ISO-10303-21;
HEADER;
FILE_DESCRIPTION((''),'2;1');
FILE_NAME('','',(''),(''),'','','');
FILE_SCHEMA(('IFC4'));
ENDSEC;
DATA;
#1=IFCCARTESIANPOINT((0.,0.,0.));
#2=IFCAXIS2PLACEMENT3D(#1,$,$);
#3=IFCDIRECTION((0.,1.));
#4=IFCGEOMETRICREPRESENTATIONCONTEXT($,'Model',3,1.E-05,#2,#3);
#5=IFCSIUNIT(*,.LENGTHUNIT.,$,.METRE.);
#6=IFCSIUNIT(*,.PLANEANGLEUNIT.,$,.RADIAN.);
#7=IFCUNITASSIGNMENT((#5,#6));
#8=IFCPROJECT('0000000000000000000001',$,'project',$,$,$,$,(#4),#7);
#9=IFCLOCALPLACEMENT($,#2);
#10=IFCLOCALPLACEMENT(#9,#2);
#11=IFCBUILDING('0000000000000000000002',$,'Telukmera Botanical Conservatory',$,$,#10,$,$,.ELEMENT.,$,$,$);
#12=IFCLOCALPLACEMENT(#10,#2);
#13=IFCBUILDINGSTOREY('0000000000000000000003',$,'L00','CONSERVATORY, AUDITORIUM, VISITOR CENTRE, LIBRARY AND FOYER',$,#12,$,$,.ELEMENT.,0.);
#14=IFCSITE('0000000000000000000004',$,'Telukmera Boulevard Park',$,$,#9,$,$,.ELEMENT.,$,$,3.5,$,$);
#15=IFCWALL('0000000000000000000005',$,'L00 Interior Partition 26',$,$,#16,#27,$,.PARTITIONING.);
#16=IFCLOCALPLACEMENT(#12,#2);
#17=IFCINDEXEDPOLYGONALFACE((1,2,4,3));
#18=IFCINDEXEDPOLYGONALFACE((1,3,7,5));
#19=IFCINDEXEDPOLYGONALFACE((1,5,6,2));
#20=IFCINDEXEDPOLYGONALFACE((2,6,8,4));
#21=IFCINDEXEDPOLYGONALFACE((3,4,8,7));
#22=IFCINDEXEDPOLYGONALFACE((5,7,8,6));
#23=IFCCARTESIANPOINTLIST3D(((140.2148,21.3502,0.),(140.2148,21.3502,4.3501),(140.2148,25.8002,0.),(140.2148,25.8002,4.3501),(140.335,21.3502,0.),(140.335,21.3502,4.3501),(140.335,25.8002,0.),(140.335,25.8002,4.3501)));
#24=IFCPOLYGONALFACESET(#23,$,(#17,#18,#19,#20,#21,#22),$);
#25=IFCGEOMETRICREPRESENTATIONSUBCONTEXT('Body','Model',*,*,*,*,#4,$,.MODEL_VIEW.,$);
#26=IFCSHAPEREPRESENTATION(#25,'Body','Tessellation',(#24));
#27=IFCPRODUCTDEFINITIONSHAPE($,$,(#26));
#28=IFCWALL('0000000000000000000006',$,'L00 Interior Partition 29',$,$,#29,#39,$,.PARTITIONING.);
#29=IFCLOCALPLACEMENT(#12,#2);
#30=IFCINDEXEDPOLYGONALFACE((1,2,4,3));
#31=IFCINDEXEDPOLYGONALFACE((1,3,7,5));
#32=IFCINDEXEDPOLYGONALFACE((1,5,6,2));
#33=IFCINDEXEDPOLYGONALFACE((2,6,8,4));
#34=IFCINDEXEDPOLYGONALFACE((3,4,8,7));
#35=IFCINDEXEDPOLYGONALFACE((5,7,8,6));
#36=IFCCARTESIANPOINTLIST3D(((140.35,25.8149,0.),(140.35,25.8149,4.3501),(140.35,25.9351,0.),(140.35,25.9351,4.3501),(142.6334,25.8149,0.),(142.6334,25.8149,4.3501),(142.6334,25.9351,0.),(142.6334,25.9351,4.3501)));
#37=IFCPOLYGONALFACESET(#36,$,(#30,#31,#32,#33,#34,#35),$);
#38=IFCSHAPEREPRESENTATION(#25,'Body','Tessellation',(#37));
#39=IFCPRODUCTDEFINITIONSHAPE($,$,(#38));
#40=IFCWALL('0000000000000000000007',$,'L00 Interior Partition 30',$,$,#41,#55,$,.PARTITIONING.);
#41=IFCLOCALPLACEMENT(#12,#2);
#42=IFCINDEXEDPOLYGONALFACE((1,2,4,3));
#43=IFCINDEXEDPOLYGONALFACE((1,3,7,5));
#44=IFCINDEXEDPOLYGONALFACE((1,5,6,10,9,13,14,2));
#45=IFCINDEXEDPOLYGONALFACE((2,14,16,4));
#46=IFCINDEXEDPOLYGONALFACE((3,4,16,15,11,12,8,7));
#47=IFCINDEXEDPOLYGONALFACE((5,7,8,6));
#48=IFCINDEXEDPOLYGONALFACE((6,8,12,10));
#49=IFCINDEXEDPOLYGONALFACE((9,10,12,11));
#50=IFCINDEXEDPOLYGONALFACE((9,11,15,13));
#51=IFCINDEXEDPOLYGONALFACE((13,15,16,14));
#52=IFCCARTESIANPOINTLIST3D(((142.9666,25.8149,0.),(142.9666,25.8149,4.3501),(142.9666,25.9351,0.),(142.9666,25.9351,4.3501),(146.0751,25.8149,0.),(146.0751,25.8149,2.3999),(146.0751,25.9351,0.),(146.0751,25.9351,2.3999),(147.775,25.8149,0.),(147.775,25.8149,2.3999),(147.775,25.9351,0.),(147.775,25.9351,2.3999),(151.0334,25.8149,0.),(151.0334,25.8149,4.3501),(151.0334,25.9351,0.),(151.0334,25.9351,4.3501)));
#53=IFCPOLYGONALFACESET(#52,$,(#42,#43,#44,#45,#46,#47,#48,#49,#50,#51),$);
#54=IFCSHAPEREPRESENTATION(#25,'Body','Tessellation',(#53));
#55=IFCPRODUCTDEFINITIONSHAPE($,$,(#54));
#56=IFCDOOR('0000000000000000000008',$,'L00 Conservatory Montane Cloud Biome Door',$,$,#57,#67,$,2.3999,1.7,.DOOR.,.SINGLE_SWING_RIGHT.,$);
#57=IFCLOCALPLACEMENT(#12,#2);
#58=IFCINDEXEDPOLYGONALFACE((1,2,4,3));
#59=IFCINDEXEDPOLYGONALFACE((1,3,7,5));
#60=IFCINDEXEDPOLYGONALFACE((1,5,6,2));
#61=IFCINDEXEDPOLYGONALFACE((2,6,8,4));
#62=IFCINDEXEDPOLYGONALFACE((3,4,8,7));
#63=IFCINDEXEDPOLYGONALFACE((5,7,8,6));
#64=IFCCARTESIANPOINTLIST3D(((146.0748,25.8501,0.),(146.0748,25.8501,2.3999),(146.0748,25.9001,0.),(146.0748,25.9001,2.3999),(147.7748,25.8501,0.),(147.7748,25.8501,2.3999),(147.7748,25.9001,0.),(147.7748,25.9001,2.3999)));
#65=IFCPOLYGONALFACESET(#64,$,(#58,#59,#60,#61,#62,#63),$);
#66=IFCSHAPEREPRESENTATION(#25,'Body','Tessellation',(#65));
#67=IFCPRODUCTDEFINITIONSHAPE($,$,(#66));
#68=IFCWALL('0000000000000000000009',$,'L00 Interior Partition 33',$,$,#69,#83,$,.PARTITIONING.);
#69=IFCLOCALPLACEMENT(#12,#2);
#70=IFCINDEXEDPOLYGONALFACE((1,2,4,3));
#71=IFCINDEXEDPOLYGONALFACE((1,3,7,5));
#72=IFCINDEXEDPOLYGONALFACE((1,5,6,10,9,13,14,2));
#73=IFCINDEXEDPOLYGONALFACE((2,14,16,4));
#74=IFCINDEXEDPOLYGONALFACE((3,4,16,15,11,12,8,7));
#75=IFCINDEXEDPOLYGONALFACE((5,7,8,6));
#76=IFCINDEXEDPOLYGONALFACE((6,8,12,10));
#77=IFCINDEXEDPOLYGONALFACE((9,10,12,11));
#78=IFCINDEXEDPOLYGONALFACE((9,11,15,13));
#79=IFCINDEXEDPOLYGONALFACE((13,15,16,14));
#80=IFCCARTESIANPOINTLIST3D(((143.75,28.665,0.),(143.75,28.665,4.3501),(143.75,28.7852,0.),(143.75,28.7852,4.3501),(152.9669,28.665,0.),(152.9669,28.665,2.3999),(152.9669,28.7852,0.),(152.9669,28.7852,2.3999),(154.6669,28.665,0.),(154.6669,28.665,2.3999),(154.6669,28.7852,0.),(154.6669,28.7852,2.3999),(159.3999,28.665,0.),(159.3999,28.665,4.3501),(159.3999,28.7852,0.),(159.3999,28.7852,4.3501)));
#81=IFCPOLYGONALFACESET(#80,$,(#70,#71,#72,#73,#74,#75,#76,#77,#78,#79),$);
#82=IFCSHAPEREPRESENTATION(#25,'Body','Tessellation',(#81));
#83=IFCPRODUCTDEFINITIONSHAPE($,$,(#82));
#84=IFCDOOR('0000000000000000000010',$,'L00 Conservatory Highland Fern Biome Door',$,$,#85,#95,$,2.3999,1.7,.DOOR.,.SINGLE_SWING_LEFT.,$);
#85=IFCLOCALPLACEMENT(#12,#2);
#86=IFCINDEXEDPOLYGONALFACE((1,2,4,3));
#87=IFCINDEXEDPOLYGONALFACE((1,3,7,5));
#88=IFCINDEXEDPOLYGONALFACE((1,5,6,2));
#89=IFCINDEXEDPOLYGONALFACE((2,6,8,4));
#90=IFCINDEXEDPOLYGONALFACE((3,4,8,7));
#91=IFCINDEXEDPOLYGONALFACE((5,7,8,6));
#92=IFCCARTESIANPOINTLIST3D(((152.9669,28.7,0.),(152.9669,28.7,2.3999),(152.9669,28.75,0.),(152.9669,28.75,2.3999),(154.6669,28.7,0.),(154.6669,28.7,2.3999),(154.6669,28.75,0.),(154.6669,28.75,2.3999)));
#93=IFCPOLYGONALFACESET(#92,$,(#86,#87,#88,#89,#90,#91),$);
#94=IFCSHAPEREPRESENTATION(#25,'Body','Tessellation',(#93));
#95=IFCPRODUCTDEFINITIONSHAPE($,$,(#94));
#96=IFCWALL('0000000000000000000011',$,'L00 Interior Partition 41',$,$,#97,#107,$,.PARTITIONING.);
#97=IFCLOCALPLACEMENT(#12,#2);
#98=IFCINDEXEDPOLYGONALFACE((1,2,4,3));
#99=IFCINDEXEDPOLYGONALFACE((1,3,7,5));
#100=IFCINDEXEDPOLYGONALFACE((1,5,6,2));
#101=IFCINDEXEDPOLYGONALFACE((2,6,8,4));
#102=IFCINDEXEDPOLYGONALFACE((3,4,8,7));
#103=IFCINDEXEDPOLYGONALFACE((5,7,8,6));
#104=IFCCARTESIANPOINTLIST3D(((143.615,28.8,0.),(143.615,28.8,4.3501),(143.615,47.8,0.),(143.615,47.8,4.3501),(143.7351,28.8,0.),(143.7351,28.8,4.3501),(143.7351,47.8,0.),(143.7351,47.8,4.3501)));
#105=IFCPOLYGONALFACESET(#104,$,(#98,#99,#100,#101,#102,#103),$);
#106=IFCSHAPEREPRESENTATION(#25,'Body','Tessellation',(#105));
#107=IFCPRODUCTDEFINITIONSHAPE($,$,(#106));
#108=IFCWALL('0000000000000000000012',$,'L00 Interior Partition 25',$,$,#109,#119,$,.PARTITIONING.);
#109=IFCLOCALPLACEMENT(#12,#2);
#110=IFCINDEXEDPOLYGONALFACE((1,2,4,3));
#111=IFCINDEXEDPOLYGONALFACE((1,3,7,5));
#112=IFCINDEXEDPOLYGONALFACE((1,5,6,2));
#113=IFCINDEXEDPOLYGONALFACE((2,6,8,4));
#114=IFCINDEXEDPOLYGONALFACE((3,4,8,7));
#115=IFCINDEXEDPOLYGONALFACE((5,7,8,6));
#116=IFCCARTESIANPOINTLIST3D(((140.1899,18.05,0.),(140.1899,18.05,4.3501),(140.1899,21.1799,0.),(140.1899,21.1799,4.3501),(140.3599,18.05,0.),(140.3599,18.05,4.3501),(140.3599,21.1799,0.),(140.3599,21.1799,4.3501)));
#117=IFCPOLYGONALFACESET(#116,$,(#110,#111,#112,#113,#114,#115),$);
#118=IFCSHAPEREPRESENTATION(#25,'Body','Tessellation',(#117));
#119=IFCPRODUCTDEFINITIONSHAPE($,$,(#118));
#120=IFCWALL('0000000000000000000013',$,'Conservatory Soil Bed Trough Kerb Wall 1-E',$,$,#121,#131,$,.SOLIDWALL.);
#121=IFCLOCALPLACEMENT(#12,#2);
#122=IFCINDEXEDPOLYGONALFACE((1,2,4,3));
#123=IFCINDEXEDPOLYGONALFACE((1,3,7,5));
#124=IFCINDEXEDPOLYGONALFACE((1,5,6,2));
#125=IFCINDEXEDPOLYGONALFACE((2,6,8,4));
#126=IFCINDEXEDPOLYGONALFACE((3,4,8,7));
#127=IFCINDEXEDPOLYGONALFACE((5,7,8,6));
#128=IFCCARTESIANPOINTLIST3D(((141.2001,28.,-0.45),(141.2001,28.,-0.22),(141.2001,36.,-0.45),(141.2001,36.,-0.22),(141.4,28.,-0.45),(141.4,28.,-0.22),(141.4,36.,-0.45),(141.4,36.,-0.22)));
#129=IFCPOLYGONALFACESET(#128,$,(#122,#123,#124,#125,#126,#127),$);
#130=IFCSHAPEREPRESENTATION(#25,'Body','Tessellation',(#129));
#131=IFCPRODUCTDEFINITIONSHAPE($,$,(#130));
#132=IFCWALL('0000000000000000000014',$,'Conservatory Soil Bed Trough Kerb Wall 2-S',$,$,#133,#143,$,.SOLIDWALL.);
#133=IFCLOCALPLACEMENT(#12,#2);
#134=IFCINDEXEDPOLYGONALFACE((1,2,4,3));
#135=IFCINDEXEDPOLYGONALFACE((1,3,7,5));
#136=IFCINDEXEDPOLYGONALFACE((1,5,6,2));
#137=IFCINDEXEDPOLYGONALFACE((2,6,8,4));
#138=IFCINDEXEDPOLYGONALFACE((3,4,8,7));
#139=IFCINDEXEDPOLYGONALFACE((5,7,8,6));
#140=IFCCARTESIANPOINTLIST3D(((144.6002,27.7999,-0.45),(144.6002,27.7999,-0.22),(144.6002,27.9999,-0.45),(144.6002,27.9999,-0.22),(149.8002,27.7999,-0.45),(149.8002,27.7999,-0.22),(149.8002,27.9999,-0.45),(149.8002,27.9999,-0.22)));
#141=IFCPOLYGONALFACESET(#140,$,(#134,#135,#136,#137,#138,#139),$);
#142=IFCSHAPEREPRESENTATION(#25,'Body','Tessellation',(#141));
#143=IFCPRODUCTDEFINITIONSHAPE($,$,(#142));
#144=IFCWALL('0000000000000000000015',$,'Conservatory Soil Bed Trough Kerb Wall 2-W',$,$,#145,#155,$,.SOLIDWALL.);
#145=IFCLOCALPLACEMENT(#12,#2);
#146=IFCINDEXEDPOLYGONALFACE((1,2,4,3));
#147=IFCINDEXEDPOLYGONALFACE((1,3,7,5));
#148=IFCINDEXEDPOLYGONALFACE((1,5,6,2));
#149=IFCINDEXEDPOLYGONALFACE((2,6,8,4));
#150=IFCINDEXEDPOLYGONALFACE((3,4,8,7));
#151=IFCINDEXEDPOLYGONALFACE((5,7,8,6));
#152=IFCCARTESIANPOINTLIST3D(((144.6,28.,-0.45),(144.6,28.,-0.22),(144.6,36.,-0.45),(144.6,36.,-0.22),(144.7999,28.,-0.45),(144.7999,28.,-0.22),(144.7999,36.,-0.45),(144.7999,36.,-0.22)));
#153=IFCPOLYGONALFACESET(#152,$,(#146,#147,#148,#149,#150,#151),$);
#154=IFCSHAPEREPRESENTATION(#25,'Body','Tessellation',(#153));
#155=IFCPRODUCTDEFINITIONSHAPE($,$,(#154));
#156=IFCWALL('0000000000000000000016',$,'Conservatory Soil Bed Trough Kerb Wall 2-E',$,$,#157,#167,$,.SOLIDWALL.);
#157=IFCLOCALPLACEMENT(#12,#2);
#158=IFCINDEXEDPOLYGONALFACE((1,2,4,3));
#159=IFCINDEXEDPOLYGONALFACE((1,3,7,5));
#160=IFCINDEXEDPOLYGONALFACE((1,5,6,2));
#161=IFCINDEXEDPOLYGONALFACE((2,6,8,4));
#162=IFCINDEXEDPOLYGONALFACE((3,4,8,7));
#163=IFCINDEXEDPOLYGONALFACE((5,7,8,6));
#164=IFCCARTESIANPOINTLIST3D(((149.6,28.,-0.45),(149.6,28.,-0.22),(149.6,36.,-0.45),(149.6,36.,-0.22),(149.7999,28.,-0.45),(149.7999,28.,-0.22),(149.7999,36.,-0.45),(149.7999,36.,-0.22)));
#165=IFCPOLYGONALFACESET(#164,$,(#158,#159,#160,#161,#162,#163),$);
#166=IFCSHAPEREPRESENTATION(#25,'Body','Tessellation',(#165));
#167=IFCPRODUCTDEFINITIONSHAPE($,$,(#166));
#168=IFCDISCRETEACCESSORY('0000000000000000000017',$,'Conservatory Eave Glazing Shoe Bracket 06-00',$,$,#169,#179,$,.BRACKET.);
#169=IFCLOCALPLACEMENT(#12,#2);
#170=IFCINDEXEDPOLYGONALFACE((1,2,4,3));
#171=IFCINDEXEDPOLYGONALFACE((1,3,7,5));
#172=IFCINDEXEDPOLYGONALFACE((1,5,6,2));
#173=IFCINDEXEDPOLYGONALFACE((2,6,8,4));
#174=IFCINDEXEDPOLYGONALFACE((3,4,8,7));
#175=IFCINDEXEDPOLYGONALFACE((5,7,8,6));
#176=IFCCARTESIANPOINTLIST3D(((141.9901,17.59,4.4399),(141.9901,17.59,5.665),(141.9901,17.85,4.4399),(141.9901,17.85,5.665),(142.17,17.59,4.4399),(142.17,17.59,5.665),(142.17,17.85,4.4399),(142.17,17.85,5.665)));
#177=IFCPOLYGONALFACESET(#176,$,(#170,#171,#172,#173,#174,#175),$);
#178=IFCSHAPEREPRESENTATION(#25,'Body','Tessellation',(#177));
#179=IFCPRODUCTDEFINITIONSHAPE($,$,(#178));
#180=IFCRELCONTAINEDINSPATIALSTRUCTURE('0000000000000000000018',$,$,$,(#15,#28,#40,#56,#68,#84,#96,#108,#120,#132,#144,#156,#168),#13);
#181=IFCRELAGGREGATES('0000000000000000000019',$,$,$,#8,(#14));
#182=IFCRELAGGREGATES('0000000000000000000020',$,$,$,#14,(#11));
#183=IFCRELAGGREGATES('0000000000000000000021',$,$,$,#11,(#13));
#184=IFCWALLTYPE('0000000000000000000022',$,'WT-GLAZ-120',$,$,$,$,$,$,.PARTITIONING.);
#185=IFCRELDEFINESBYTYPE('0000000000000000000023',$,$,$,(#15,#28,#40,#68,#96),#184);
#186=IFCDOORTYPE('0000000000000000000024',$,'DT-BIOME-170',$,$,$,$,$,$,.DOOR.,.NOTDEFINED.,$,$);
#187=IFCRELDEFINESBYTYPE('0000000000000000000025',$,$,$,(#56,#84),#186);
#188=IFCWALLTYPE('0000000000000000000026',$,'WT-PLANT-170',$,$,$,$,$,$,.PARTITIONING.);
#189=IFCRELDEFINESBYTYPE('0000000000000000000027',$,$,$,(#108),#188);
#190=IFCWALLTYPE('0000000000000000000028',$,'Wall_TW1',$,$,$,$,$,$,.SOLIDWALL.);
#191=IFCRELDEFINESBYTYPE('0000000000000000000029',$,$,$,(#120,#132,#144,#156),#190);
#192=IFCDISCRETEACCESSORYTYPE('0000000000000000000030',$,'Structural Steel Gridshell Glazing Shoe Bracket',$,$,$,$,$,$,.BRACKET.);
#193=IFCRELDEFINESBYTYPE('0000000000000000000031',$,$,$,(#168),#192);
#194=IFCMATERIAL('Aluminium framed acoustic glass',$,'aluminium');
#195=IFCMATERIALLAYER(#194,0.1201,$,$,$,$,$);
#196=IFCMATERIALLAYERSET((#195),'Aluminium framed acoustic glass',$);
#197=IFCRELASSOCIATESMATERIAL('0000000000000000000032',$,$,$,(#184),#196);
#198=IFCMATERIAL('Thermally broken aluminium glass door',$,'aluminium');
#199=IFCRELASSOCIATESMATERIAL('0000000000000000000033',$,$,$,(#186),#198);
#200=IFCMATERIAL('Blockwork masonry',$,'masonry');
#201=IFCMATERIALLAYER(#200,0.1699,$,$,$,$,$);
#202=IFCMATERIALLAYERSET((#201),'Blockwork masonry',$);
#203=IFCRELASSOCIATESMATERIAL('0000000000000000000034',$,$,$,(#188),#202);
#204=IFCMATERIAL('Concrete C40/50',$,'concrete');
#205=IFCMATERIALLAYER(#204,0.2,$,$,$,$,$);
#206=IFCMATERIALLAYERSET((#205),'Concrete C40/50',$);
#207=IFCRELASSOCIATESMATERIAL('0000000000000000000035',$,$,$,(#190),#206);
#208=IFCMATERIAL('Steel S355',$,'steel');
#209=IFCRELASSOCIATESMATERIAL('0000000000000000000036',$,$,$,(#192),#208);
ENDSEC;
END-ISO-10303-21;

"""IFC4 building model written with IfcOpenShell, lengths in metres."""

from ifc_helpers import new_model, si_unit, direction, frame, frame_2d, origin, origin_2d, place, context, subcontext, project, spatial, rectangle, extrude, material, layer, layer_set, type_object, element, fill, save


model = new_model("IFC4")

# Units and contexts
model_context = context("Model", 3, precision=1e-05, world=origin(), true_north=direction((0.0, 1.0)))
body_context = subcontext(model_context, "Body", "Model", "MODEL_VIEW")
ifc_project = project(units=[si_unit("LENGTHUNIT", "METRE"), si_unit("PLANEANGLEUNIT", "RADIAN")], contexts=[model_context])

# Site, building, storey
site_placement = place(None, origin())
site = spatial("IfcSite", under=ifc_project, at=site_placement, Name="Telukmera Boulevard Park", CompositionType="ELEMENT", RefElevation=3.5)
building_placement = place(site_placement, origin())
building = spatial("IfcBuilding", under=site, at=building_placement, Name="Telukmera Botanical Conservatory", CompositionType="ELEMENT")
storey_placement = place(building_placement, origin())
storey = spatial("IfcBuildingStorey", under=building, at=storey_placement, Name="L00", Description="CONSERVATORY, AUDITORIUM, VISITOR CENTRE, LIBRARY AND FOYER", CompositionType="ELEMENT", Elevation=0.0)

# Shared definitions
ifc_material_1 = material(Name="Steel S355", Category="steel")

# Walls
ifc_material_2 = material(Name="Aluminium framed acoustic glass", Category="aluminium")
ifc_layer_1 = layer(ifc_material_2, 0.1201)
ifc_layer_set_1 = layer_set([ifc_layer_1], Name="Aluminium framed acoustic glass")
wall_type_1 = type_object("IfcWallType", Name="WT-GLAZ-120", PredefinedType="PARTITIONING", material=ifc_layer_set_1)
wall_1_placement = place(storey_placement, frame((140.2749, 21.3501, 0.0), z_axis=(0.0, 0.0, 1.0), x_axis=(0.0, 1.0, 0.0)))
element("IfcWall", 1, at=wall_1_placement, inside=storey, type_object=wall_type_1, Name="L00 Interior Partition 26", PredefinedType="PARTITIONING", context=body_context, shape_type="SweptSolid", body=[
    extrude(rectangle(XDim=4.45, YDim=0.1201, at=frame_2d((2.2251, 0.0))), origin(), (0.0, 0.0, 1.0), 4.3501),
])
wall_2_placement = place(storey_placement, frame((140.3501, 25.875, 0.0), z_axis=(0.0, 0.0, 1.0), x_axis=(1.0, 0.0, 0.0)))
element("IfcWall", 2, at=wall_2_placement, inside=storey, type_object=wall_type_1, Name="L00 Interior Partition 29", PredefinedType="PARTITIONING", context=body_context, shape_type="SweptSolid", body=[
    extrude(rectangle(XDim=2.2834, YDim=0.1201, at=frame_2d((1.1416, 0.0))), origin(), (0.0, 0.0, 1.0), 4.3501),
])

# Walls, openings, doors
wall_3_placement = place(storey_placement, frame((142.9666, 25.875, 0.0), z_axis=(0.0, 0.0, 1.0), x_axis=(1.0, 0.0, 0.0)))
wall_3 = element("IfcWall", 3, at=wall_3_placement, inside=storey, type_object=wall_type_1, Name="L00 Interior Partition 30", PredefinedType="PARTITIONING", context=body_context, shape_type="SweptSolid", body=[
    extrude(rectangle(XDim=8.0669, YDim=0.1201, at=frame_2d((4.0334, 0.0))), origin(), (0.0, 0.0, 1.0), 4.3501),
])
opening_1_placement = place(wall_3_placement, frame((3.1084, 0.0, 0.0)))
opening_1 = element("IfcOpeningElement", 4, at=opening_1_placement, cuts=wall_3, PredefinedType="OPENING", context=body_context, shape_type="SweptSolid", body=[
    extrude(rectangle(XDim=1.7, YDim=2.3999, at=frame_2d((0.8501, 1.2))), frame((0.0, 0.0701, 0.0), z_axis=(0.0, -1.0, 0.0), x_axis=(1.0, 0.0, 0.0)), (0.0, 0.0, 1.0), 0.1401),
])
ifc_material_3 = material(Name="Thermally broken aluminium glass door", Category="aluminium")
door_type = type_object("IfcDoorType", Name="DT-BIOME-170", OperationType="NOTDEFINED", PredefinedType="DOOR", material=ifc_material_3)
door_1_placement = place(opening_1_placement, frame((1.7, 0.0, 0.0), z_axis=(0.0, 0.0, 1.0), x_axis=(-1.0, 0.0, 0.0)))
door_1 = element("IfcDoor", 5, at=door_1_placement, inside=storey, type_object=door_type, Name="L00 Conservatory Montane Cloud Biome Door", OperationType="SINGLE_SWING_RIGHT", OverallHeight=2.3999, OverallWidth=1.7, PredefinedType="DOOR", context=body_context, shape_type="SweptSolid", body=[
    extrude(rectangle(XDim=1.7, YDim=2.3999, at=frame_2d((0.8501, 1.2))), frame((0.0, 0.0249, 0.0), z_axis=(0.0, -1.0, 0.0), x_axis=(1.0, 0.0, 0.0)), (0.0, 0.0, 1.0), 0.05),
])
fill(opening_1, door_1)
wall_4_placement = place(storey_placement, frame((143.75, 28.7251, 0.0), z_axis=(0.0, 0.0, 1.0), x_axis=(1.0, 0.0, 0.0)))
wall_4 = element("IfcWall", 6, at=wall_4_placement, inside=storey, type_object=wall_type_1, Name="L00 Interior Partition 33", PredefinedType="PARTITIONING", context=body_context, shape_type="SweptSolid", body=[
    extrude(rectangle(XDim=15.6499, YDim=0.1201, at=frame_2d((7.825, 0.0))), origin(), (0.0, 0.0, 1.0), 4.3501),
])
opening_2_placement = place(wall_4_placement, frame((9.2168, 0.0, 0.0)))
opening_2 = element("IfcOpeningElement", 7, at=opening_2_placement, cuts=wall_4, PredefinedType="OPENING", context=body_context, shape_type="SweptSolid", body=[
    extrude(rectangle(XDim=1.7, YDim=2.3999, at=frame_2d((0.8501, 1.2))), frame((0.0, 0.0701, 0.0), z_axis=(0.0, -1.0, 0.0), x_axis=(1.0, 0.0, 0.0)), (0.0, 0.0, 1.0), 0.1401),
])
door_2_placement = place(opening_2_placement, origin())
door_2 = element("IfcDoor", 8, at=door_2_placement, inside=storey, type_object=door_type, Name="L00 Conservatory Highland Fern Biome Door", OperationType="SINGLE_SWING_LEFT", OverallHeight=2.3999, OverallWidth=1.7, PredefinedType="DOOR", context=body_context, shape_type="SweptSolid", body=[
    extrude(rectangle(XDim=1.7, YDim=2.3999, at=frame_2d((0.8501, 1.2))), frame((0.0, 0.0249, 0.0), z_axis=(0.0, -1.0, 0.0), x_axis=(1.0, 0.0, 0.0)), (0.0, 0.0, 1.0), 0.05),
])
fill(opening_2, door_2)

# Walls
wall_5_placement = place(storey_placement, frame((143.675, 28.8, 0.0), z_axis=(0.0, 0.0, 1.0), x_axis=(0.0, 1.0, 0.0)))
element("IfcWall", 9, at=wall_5_placement, inside=storey, type_object=wall_type_1, Name="L00 Interior Partition 41", PredefinedType="PARTITIONING", context=body_context, shape_type="SweptSolid", body=[
    extrude(rectangle(XDim=19.0, YDim=0.1201, at=frame_2d((9.5, 0.0))), origin(), (0.0, 0.0, 1.0), 4.3501),
])
ifc_material_4 = material(Name="Blockwork masonry", Category="masonry")
ifc_layer_2 = layer(ifc_material_4, 0.1699)
ifc_layer_set_2 = layer_set([ifc_layer_2], Name="Blockwork masonry")
wall_type_2 = type_object("IfcWallType", Name="WT-PLANT-170", PredefinedType="PARTITIONING", material=ifc_layer_set_2)
wall_6_placement = place(storey_placement, frame((140.2749, 18.05, 0.0), z_axis=(0.0, 0.0, 1.0), x_axis=(0.0, 1.0, 0.0)))
element("IfcWall", 10, at=wall_6_placement, inside=storey, type_object=wall_type_2, Name="L00 Interior Partition 25", PredefinedType="PARTITIONING", context=body_context, shape_type="SweptSolid", body=[
    extrude(rectangle(XDim=3.1299, YDim=0.1699, at=frame_2d((1.5649, 0.0))), origin(), (0.0, 0.0, 1.0), 4.3501),
])
ifc_material_5 = material(Name="Concrete C40/50", Category="concrete")
ifc_layer_3 = layer(ifc_material_5, 0.2)
ifc_layer_set_3 = layer_set([ifc_layer_3], Name="Concrete C40/50")
wall_type_3 = type_object("IfcWallType", Name="Wall_TW1", PredefinedType="SOLIDWALL", material=ifc_layer_set_3)
wall_7_placement = place(storey_placement, frame((141.3, 28.0, -0.45), z_axis=(0.0, 0.0, 1.0), x_axis=(0.0, 1.0, 0.0)))
element("IfcWall", 11, at=wall_7_placement, inside=storey, type_object=wall_type_3, Name="Conservatory Soil Bed Trough Kerb Wall 1-E", PredefinedType="SOLIDWALL", context=body_context, shape_type="SweptSolid", body=[
    extrude(rectangle(XDim=8.0, YDim=0.2, at=frame_2d((4.0, 0.0))), origin(), (0.0, 0.0, 1.0), 0.23),
])
wall_8_placement = place(storey_placement, frame((144.6001, 27.8999, -0.45), z_axis=(0.0, 0.0, 1.0), x_axis=(1.0, 0.0, 0.0)))
element("IfcWall", 12, at=wall_8_placement, inside=storey, type_object=wall_type_3, Name="Conservatory Soil Bed Trough Kerb Wall 2-S", PredefinedType="SOLIDWALL", context=body_context, shape_type="SweptSolid", body=[
    extrude(rectangle(XDim=5.2, YDim=0.2, at=frame_2d((2.6001, 0.0))), origin(), (0.0, 0.0, 1.0), 0.23),
])
for number, where, z_axis, x_axis, name in (
    (13, (144.7, 28.0, -0.45), (0.0, 0.0, 1.0), (0.0, 1.0, 0.0), "Conservatory Soil Bed Trough Kerb Wall 2-W"),
    (14, (149.7, 28.0, -0.45), (0.0, 0.0, 1.0), (0.0, 1.0, 0.0), "Conservatory Soil Bed Trough Kerb Wall 2-E"),
):
    element("IfcWall", number, at=place(storey_placement, frame(where, z_axis=z_axis, x_axis=x_axis)), inside=storey, type_object=wall_type_3, Name=name, PredefinedType="SOLIDWALL", context=body_context, shape_type="SweptSolid", body=[
        extrude(rectangle(XDim=8.0, YDim=0.2, at=frame_2d((4.0, 0.0))), origin(), (0.0, 0.0, 1.0), 0.23),
    ])

# Discrete accessory
discrete_accessory_type = type_object("IfcDiscreteAccessoryType", Name="Structural Steel Gridshell Glazing Shoe Bracket", PredefinedType="BRACKET", material=ifc_material_1)
for number, where, z_axis, x_axis, name in (
    (15, (142.0801, 17.72, 4.4399), (0.0, 0.0, 1.0), (1.0, 0.0, 0.0), "Conservatory Eave Glazing Shoe Bracket 06-00"),
):
    element("IfcDiscreteAccessory", number, at=place(storey_placement, frame(where, z_axis=z_axis, x_axis=x_axis)), inside=storey, type_object=discrete_accessory_type, Name=name, PredefinedType="BRACKET", context=body_context, shape_type="SweptSolid", body=[
        extrude(rectangle(XDim=0.1799, YDim=0.26, at=origin_2d()), origin(), (0.0, 0.0, 1.0), 1.2251),
    ])

save(model, "model.ifc")
